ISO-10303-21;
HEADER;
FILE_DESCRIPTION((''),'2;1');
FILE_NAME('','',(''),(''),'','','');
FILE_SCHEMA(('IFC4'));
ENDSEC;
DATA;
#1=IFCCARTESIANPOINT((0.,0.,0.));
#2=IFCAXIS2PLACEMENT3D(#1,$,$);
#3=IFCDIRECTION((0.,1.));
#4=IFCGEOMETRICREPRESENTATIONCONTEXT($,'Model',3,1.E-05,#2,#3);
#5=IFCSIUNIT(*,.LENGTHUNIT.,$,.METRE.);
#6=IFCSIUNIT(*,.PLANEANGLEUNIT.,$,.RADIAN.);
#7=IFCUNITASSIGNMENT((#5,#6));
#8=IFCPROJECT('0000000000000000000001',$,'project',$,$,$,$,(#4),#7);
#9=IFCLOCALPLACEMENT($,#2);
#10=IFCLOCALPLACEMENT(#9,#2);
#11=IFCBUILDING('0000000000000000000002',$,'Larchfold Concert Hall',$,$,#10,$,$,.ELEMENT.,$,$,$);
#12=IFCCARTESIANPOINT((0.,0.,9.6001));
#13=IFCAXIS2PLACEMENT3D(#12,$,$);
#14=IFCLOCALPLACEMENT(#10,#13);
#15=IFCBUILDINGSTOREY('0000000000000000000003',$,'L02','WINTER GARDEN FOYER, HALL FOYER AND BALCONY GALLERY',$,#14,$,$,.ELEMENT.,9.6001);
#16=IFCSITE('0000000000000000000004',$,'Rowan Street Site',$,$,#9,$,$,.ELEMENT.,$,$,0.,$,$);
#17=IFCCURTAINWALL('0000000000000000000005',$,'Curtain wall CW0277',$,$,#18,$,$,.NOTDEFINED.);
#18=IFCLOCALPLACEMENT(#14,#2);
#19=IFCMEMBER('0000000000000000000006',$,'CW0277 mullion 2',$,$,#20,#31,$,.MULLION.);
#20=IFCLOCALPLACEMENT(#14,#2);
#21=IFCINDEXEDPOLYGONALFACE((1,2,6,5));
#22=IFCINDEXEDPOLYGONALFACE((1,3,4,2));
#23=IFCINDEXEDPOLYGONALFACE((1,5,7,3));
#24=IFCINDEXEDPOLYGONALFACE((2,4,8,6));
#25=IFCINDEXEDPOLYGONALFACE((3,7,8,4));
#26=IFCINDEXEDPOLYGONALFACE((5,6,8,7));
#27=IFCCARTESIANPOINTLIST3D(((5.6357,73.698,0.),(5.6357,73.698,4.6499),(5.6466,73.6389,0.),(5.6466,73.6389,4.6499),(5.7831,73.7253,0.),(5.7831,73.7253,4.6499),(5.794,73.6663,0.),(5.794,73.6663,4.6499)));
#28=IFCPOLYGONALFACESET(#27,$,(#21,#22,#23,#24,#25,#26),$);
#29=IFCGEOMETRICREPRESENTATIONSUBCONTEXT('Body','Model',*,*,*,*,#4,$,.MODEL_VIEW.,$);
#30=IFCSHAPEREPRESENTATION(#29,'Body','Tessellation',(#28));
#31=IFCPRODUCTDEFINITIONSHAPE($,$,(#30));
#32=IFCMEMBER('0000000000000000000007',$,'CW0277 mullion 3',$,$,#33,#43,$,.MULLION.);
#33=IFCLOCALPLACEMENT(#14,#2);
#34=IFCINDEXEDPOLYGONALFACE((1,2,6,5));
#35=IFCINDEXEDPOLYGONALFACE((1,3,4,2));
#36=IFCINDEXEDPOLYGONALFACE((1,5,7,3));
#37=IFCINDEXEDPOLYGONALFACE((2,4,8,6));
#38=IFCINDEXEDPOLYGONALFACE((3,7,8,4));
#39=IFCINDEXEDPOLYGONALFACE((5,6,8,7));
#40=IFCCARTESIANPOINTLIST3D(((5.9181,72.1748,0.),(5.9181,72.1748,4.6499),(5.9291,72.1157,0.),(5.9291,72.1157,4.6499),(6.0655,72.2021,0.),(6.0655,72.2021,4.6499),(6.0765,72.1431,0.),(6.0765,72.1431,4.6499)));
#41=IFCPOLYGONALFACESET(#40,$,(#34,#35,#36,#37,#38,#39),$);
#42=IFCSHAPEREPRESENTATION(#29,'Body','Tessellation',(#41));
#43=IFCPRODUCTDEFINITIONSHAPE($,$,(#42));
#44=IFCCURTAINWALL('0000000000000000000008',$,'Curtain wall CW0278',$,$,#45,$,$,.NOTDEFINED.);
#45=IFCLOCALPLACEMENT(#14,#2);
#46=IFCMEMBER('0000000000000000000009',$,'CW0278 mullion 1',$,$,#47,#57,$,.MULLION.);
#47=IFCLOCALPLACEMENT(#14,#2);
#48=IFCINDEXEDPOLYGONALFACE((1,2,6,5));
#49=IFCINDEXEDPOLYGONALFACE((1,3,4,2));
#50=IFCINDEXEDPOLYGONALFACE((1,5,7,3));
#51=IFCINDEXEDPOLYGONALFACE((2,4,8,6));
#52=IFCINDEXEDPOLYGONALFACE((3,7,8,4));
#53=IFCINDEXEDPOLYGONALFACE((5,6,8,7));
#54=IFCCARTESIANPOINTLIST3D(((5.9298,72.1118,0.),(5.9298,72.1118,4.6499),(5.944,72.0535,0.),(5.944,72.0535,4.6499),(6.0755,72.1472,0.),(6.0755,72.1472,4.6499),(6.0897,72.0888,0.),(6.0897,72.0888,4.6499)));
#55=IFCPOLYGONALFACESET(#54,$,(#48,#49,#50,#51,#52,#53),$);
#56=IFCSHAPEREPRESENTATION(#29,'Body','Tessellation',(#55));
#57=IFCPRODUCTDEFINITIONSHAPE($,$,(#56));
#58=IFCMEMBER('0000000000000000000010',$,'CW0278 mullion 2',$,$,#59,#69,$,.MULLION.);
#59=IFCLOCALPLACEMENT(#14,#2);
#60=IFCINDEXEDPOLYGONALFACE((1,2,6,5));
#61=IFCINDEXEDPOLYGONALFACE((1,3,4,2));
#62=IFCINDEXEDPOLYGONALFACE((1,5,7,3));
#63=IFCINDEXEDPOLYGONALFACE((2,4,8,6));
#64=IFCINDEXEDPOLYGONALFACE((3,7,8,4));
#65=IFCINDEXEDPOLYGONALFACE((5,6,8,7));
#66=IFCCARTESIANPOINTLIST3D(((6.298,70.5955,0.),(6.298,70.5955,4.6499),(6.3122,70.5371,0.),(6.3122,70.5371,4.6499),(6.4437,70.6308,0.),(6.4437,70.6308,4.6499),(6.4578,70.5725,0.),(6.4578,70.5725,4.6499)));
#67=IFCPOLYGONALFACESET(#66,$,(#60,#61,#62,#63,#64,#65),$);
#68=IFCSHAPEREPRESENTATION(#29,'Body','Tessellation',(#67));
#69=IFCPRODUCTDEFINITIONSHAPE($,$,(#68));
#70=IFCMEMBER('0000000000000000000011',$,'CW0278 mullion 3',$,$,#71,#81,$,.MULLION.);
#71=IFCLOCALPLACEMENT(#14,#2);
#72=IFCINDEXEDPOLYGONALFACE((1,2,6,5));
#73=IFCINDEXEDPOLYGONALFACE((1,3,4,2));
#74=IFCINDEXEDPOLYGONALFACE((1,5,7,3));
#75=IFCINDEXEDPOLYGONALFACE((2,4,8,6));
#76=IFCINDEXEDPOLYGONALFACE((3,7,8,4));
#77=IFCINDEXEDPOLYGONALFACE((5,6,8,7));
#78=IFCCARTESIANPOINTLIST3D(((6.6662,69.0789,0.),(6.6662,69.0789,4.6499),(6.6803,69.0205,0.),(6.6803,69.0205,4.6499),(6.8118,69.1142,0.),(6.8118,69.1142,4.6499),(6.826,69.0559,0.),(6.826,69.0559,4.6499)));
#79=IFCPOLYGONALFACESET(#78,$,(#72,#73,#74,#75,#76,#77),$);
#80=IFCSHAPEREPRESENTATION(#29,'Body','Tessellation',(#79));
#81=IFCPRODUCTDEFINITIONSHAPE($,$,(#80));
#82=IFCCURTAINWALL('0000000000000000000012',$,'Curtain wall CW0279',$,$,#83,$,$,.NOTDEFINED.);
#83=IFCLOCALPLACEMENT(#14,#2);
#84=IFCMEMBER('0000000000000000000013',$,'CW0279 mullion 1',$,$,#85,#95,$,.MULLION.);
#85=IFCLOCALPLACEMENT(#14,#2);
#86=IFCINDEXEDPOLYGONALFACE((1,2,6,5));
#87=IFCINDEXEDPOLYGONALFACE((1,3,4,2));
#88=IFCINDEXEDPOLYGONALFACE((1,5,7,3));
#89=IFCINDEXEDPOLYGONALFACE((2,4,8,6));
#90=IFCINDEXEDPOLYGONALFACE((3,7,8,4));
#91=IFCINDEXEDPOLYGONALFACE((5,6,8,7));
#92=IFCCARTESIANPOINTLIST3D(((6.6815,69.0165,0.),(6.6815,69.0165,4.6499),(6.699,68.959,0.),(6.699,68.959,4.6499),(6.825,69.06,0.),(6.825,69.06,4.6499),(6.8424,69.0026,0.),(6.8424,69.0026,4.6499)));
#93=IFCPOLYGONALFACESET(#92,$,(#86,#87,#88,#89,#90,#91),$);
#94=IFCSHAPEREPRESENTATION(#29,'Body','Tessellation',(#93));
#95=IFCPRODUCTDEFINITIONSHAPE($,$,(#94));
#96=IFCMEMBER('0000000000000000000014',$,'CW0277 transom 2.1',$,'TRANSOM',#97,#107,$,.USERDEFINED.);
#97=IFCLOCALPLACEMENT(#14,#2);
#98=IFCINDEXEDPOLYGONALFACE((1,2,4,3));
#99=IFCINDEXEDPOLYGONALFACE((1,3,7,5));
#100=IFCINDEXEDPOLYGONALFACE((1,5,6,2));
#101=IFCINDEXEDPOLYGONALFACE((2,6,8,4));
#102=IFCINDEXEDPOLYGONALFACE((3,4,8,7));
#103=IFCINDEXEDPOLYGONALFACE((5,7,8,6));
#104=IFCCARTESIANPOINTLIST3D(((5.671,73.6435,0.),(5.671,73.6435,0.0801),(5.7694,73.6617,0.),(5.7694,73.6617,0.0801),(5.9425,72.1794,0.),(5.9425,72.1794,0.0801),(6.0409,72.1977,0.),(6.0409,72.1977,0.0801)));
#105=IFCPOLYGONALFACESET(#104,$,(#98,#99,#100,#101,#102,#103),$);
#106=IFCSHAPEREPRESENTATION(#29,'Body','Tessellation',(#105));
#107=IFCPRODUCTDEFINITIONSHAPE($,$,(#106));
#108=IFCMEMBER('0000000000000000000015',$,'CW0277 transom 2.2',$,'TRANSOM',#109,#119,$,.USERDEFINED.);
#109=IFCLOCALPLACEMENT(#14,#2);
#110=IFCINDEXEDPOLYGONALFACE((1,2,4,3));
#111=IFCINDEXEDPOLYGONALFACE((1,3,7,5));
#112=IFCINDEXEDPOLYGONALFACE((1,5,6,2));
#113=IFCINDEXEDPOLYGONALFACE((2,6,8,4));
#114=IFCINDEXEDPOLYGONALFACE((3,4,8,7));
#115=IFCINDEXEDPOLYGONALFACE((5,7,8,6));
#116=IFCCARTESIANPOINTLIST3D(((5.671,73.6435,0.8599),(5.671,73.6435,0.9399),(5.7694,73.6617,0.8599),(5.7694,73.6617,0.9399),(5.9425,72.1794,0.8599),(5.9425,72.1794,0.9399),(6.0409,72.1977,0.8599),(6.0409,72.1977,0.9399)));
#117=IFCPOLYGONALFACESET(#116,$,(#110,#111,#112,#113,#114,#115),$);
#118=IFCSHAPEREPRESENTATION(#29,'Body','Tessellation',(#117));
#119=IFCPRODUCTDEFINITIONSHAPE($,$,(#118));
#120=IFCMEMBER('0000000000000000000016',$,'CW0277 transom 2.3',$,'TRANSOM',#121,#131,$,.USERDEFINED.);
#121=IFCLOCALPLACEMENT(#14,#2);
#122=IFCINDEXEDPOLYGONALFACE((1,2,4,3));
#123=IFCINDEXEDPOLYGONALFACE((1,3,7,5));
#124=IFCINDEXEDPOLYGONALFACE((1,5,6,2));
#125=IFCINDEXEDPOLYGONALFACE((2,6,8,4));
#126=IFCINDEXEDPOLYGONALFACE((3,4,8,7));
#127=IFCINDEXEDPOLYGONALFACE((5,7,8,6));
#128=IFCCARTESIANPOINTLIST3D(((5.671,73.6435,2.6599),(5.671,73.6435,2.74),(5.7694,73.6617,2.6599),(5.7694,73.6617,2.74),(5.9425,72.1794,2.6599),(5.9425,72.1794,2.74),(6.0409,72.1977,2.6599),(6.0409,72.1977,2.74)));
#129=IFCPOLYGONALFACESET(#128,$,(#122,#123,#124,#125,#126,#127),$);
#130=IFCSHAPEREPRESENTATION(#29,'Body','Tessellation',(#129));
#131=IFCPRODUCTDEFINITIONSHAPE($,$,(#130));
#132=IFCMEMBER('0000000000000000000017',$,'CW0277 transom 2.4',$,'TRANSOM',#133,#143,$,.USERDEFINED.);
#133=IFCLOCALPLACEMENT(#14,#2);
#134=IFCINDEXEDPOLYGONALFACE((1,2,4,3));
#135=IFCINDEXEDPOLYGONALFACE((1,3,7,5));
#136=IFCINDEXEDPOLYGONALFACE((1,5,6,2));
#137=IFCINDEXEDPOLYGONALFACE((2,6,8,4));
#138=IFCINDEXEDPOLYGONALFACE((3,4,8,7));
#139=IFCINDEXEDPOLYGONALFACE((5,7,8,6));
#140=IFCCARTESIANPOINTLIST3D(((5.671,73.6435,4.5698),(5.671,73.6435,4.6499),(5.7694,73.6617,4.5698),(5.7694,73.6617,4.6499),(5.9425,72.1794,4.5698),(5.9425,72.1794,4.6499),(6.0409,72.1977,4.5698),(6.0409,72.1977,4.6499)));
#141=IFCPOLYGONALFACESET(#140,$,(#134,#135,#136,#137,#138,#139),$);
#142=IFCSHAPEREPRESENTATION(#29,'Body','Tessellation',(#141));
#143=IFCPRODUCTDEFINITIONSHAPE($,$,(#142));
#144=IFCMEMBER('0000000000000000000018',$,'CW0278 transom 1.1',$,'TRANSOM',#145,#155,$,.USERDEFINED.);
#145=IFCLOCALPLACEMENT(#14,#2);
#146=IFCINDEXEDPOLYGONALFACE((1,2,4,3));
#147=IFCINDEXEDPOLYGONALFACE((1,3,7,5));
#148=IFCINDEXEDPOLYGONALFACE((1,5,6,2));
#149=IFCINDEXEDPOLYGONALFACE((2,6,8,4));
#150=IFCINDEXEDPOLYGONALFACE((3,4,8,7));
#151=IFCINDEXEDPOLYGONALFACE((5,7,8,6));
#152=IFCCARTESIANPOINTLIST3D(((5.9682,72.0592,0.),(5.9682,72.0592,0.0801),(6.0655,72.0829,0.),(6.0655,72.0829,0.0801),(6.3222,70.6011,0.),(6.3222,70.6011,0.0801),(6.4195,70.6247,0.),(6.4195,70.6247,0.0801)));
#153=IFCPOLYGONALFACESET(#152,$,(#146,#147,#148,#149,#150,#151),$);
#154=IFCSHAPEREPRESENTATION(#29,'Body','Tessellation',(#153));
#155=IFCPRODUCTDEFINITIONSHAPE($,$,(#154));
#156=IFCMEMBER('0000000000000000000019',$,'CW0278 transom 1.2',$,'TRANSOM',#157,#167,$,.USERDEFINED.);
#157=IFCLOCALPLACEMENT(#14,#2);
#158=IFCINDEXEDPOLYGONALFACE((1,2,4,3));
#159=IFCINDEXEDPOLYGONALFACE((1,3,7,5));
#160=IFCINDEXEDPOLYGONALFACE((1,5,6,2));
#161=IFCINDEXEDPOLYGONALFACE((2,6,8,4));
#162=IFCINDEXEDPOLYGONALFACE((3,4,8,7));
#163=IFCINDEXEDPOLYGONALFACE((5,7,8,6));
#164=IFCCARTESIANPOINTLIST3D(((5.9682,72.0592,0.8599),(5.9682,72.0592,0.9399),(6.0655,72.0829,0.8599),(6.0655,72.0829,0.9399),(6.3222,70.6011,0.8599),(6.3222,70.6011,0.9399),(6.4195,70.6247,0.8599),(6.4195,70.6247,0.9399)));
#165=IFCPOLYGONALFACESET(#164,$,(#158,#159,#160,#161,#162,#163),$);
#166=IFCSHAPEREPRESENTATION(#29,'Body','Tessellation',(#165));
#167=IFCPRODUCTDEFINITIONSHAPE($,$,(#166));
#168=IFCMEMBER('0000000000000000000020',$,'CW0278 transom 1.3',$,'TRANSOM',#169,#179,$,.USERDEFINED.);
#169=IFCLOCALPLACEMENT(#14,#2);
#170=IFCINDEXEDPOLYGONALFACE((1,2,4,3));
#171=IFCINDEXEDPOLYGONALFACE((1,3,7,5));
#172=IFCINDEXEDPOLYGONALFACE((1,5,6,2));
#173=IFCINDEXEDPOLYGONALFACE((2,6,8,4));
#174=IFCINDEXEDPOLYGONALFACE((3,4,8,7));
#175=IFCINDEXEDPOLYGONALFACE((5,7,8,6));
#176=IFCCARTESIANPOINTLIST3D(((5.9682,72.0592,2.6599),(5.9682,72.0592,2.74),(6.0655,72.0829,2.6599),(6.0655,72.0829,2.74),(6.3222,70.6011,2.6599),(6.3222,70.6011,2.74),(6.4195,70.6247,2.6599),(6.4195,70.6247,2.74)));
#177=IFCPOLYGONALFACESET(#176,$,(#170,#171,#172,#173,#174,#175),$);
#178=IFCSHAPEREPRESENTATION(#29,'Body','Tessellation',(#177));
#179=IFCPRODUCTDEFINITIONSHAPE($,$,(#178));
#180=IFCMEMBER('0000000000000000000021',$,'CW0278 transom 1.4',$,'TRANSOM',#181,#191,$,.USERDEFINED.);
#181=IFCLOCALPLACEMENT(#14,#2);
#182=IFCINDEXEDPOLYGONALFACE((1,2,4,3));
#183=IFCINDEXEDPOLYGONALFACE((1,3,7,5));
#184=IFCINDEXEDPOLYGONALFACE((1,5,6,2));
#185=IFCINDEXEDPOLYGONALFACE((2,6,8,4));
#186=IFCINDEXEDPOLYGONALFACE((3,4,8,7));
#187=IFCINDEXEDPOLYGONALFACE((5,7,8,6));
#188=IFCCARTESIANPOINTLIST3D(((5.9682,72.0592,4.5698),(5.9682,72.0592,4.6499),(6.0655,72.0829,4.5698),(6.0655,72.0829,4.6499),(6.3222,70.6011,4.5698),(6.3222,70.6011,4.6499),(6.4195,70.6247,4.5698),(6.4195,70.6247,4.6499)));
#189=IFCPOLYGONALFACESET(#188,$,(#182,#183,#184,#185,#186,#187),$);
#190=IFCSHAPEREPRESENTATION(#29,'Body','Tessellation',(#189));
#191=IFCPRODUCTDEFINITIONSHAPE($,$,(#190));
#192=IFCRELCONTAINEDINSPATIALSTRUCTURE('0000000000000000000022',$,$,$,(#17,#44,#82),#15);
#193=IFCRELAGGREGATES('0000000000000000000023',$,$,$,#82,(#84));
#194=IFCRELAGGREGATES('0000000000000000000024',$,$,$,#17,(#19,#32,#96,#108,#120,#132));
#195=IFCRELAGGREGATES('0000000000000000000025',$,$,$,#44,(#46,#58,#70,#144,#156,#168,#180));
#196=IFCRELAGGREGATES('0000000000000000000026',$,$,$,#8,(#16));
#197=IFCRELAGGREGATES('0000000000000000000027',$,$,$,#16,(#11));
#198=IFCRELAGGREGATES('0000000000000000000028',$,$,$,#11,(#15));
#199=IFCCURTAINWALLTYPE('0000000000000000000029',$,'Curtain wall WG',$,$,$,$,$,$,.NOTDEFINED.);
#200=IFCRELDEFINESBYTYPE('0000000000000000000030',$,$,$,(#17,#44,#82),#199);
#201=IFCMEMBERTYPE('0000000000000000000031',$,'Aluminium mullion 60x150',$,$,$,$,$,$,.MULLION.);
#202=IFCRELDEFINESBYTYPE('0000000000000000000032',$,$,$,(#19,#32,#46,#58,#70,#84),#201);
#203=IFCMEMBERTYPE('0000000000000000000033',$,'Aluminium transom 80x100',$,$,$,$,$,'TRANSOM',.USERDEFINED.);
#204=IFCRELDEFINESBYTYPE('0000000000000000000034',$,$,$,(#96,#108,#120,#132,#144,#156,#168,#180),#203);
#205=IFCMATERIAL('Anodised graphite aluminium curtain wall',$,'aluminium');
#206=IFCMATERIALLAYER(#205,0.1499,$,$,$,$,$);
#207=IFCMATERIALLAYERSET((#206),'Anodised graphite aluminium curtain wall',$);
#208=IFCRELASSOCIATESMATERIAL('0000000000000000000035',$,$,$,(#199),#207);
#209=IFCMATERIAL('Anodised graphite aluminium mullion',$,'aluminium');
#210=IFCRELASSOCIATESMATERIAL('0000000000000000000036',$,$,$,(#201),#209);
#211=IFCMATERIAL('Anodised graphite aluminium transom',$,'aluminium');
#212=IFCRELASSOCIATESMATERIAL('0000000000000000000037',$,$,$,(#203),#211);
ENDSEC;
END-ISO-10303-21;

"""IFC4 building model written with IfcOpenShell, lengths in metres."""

from ifc_helpers import new_model, si_unit, direction, frame, origin, origin_2d, place, context, subcontext, project, spatial, rectangle, extrude, material, layer, layer_set, material_profile, profile_set, type_object, element, aggregate, save


model = new_model("IFC4")

# Units and contexts
model_context = context("Model", 3, precision=1e-05, world=origin(), true_north=direction((0.0, 1.0)))
body_context = subcontext(model_context, "Body", "Model", "MODEL_VIEW")
ifc_project = project(units=[si_unit("LENGTHUNIT", "METRE"), si_unit("PLANEANGLEUNIT", "RADIAN")], contexts=[model_context])

# Site, building, storey
site_placement = place(None, origin())
site = spatial("IfcSite", under=ifc_project, at=site_placement, Name="Rowan Street Site", CompositionType="ELEMENT", RefElevation=0.0)
building_placement = place(site_placement, origin())
building = spatial("IfcBuilding", under=site, at=building_placement, Name="Larchfold Concert Hall", CompositionType="ELEMENT")
storey_placement = place(building_placement, frame((0.0, 0.0, 9.6001)))
storey = spatial("IfcBuildingStorey", under=building, at=storey_placement, Name="L02", Description="WINTER GARDEN FOYER, HALL FOYER AND BALCONY GALLERY", CompositionType="ELEMENT", Elevation=9.6001)

# Curtain walls, members
ifc_material_1 = material(Name="Anodised graphite aluminium curtain wall", Category="aluminium")
ifc_layer_1 = layer(ifc_material_1, 0.1499)
ifc_layer_set_1 = layer_set([ifc_layer_1], Name="Anodised graphite aluminium curtain wall")
curtain_wall_type = type_object("IfcCurtainWallType", Name="Curtain wall WG", PredefinedType="NOTDEFINED", material=ifc_layer_set_1)
curtain_wall_1_placement = place(storey_placement, origin())
curtain_wall_1 = element("IfcCurtainWall", 1, at=curtain_wall_1_placement, inside=storey, type_object=curtain_wall_type, Name="Curtain wall CW0277", PredefinedType="NOTDEFINED")
ifc_material_2 = material(Name="Anodised graphite aluminium mullion", Category="aluminium")
ifc_material_profile_1 = material_profile(ifc_material_2, rectangle(XDim=0.1499, YDim=0.0601, at=origin_2d()))
ifc_profile_set_1 = profile_set([ifc_material_profile_1], Name="Anodised graphite aluminium mullion")
member_type_1 = type_object("IfcMemberType", Name="Aluminium mullion 60x150", PredefinedType="MULLION", material=ifc_profile_set_1)
member_1_placement = place(storey_placement, frame((5.7148, 73.6821, 0.0), z_axis=(0.0, 0.0, 1.0), x_axis=(0.983234, 0.182347, 0.0)))
member_1 = element("IfcMember", 2, at=member_1_placement, type_object=member_type_1, Name="CW0277 mullion 2", PredefinedType="MULLION", context=body_context, shape_type="SweptSolid", body=[
    extrude(rectangle(XDim=0.1499, YDim=0.0601, at=origin_2d()), origin(), (0.0, 0.0, 1.0), 4.6499),
])
member_2_placement = place(storey_placement, frame((5.9973, 72.1589, 0.0), z_axis=(0.0, 0.0, 1.0), x_axis=(0.983234, 0.182347, 0.0)))
member_2 = element("IfcMember", 3, at=member_2_placement, type_object=member_type_1, Name="CW0277 mullion 3", PredefinedType="MULLION", context=body_context, shape_type="SweptSolid", body=[
    extrude(rectangle(XDim=0.1499, YDim=0.0601, at=origin_2d()), origin(), (0.0, 0.0, 1.0), 4.6499),
])
curtain_wall_2_placement = place(storey_placement, origin())
curtain_wall_2 = element("IfcCurtainWall", 4, at=curtain_wall_2_placement, inside=storey, type_object=curtain_wall_type, Name="Curtain wall CW0278", PredefinedType="NOTDEFINED")
member_3_placement = place(storey_placement, frame((6.0098, 72.1003, 0.0), z_axis=(0.0, 0.0, 1.0), x_axis=(0.971768, 0.235938, 0.0)))
member_3 = element("IfcMember", 5, at=member_3_placement, type_object=member_type_1, Name="CW0278 mullion 1", PredefinedType="MULLION", context=body_context, shape_type="SweptSolid", body=[
    extrude(rectangle(XDim=0.1499, YDim=0.0601, at=origin_2d()), origin(), (0.0, 0.0, 1.0), 4.6499),
])
member_4_placement = place(storey_placement, frame((6.3779, 70.584, 0.0), z_axis=(0.0, 0.0, 1.0), x_axis=(0.971768, 0.235938, 0.0)))
member_4 = element("IfcMember", 6, at=member_4_placement, type_object=member_type_1, Name="CW0278 mullion 2", PredefinedType="MULLION", context=body_context, shape_type="SweptSolid", body=[
    extrude(rectangle(XDim=0.1499, YDim=0.0601, at=origin_2d()), origin(), (0.0, 0.0, 1.0), 4.6499),
])
member_5_placement = place(storey_placement, frame((6.7461, 69.0674, 0.0), z_axis=(0.0, 0.0, 1.0), x_axis=(0.971768, 0.235938, 0.0)))
member_5 = element("IfcMember", 7, at=member_5_placement, type_object=member_type_1, Name="CW0278 mullion 3", PredefinedType="MULLION", context=body_context, shape_type="SweptSolid", body=[
    extrude(rectangle(XDim=0.1499, YDim=0.0601, at=origin_2d()), origin(), (0.0, 0.0, 1.0), 4.6499),
])

# Curtain wall, member
curtain_wall_3_placement = place(storey_placement, origin())
curtain_wall_3 = element("IfcCurtainWall", 8, at=curtain_wall_3_placement, inside=storey, type_object=curtain_wall_type, Name="Curtain wall CW0279", PredefinedType="NOTDEFINED")
member_6_placement = place(storey_placement, frame((6.762, 69.0095, 0.0), z_axis=(0.0, 0.0, 1.0), x_axis=(0.956851, 0.290577, 0.0)))
member_6 = element("IfcMember", 9, at=member_6_placement, type_object=member_type_1, Name="CW0279 mullion 1", PredefinedType="MULLION", context=body_context, shape_type="SweptSolid", body=[
    extrude(rectangle(XDim=0.1499, YDim=0.0601, at=origin_2d()), origin(), (0.0, 0.0, 1.0), 4.6499),
])

# Members
ifc_material_3 = material(Name="Anodised graphite aluminium transom", Category="aluminium")
ifc_material_profile_2 = material_profile(ifc_material_3, rectangle(XDim=0.1001, YDim=0.0801, at=origin_2d()))
ifc_profile_set_2 = profile_set([ifc_material_profile_2], Name="Anodised graphite aluminium transom")
member_type_2 = type_object("IfcMemberType", Name="Aluminium transom 80x100", ElementType="TRANSOM", PredefinedType="USERDEFINED", material=ifc_profile_set_2)
member_7_placement = place(storey_placement, frame((5.7202, 73.6526, 0.04), z_axis=(0.182318, -0.98324, 0.0), x_axis=(0.98324, 0.182318, 0.0)))
member_7 = element("IfcMember", 10, at=member_7_placement, type_object=member_type_2, Name="CW0277 transom 2.1", ObjectType="TRANSOM", PredefinedType="USERDEFINED", context=body_context, shape_type="SweptSolid", body=[
    extrude(rectangle(XDim=0.1001, YDim=0.0801, at=origin_2d()), origin(), (0.0, 0.0, 1.0), 1.489),
])
member_8_placement = place(storey_placement, frame((5.7202, 73.6526, 0.8999), z_axis=(0.182318, -0.98324, 0.0), x_axis=(0.98324, 0.182318, 0.0)))
member_8 = element("IfcMember", 11, at=member_8_placement, type_object=member_type_2, Name="CW0277 transom 2.2", ObjectType="TRANSOM", PredefinedType="USERDEFINED", context=body_context, shape_type="SweptSolid", body=[
    extrude(rectangle(XDim=0.1001, YDim=0.0801, at=origin_2d()), origin(), (0.0, 0.0, 1.0), 1.489),
])
member_9_placement = place(storey_placement, frame((5.7202, 73.6526, 2.7), z_axis=(0.182318, -0.98324, 0.0), x_axis=(0.98324, 0.182318, 0.0)))
member_9 = element("IfcMember", 12, at=member_9_placement, type_object=member_type_2, Name="CW0277 transom 2.3", ObjectType="TRANSOM", PredefinedType="USERDEFINED", context=body_context, shape_type="SweptSolid", body=[
    extrude(rectangle(XDim=0.1001, YDim=0.0801, at=origin_2d()), origin(), (0.0, 0.0, 1.0), 1.489),
])
member_10_placement = place(storey_placement, frame((5.7202, 73.6526, 4.6099), z_axis=(0.182318, -0.98324, 0.0), x_axis=(0.98324, 0.182318, 0.0)))
member_10 = element("IfcMember", 13, at=member_10_placement, type_object=member_type_2, Name="CW0277 transom 2.4", ObjectType="TRANSOM", PredefinedType="USERDEFINED", context=body_context, shape_type="SweptSolid", body=[
    extrude(rectangle(XDim=0.1001, YDim=0.0801, at=origin_2d()), origin(), (0.0, 0.0, 1.0), 1.489),
])
member_11_placement = place(storey_placement, frame((6.0168, 72.071, 0.04), z_axis=(0.235945, -0.971766, 0.0), x_axis=(0.971766, 0.235945, 0.0)))
member_11 = element("IfcMember", 14, at=member_11_placement, type_object=member_type_2, Name="CW0278 transom 1.1", ObjectType="TRANSOM", PredefinedType="USERDEFINED", context=body_context, shape_type="SweptSolid", body=[
    extrude(rectangle(XDim=0.1001, YDim=0.0801, at=origin_2d()), origin(), (0.0, 0.0, 1.0), 1.5005),
])
member_12_placement = place(storey_placement, frame((6.0168, 72.071, 0.8999), z_axis=(0.235945, -0.971766, 0.0), x_axis=(0.971766, 0.235945, 0.0)))
member_12 = element("IfcMember", 15, at=member_12_placement, type_object=member_type_2, Name="CW0278 transom 1.2", ObjectType="TRANSOM", PredefinedType="USERDEFINED", context=body_context, shape_type="SweptSolid", body=[
    extrude(rectangle(XDim=0.1001, YDim=0.0801, at=origin_2d()), origin(), (0.0, 0.0, 1.0), 1.5005),
])
member_13_placement = place(storey_placement, frame((6.0168, 72.071, 2.7), z_axis=(0.235945, -0.971766, 0.0), x_axis=(0.971766, 0.235945, 0.0)))
member_13 = element("IfcMember", 16, at=member_13_placement, type_object=member_type_2, Name="CW0278 transom 1.3", ObjectType="TRANSOM", PredefinedType="USERDEFINED", context=body_context, shape_type="SweptSolid", body=[
    extrude(rectangle(XDim=0.1001, YDim=0.0801, at=origin_2d()), origin(), (0.0, 0.0, 1.0), 1.5005),
])
member_14_placement = place(storey_placement, frame((6.0168, 72.071, 4.6099), z_axis=(0.235945, -0.971766, 0.0), x_axis=(0.971766, 0.235945, 0.0)))
member_14 = element("IfcMember", 17, at=member_14_placement, type_object=member_type_2, Name="CW0278 transom 1.4", ObjectType="TRANSOM", PredefinedType="USERDEFINED", context=body_context, shape_type="SweptSolid", body=[
    extrude(rectangle(XDim=0.1001, YDim=0.0801, at=origin_2d()), origin(), (0.0, 0.0, 1.0), 1.5005),
])
aggregate(curtain_wall_3, [member_6])

aggregate(curtain_wall_1, [member_1, member_2, member_7, member_8, member_9, member_10])
aggregate(curtain_wall_2, [member_3, member_4, member_5, member_11, member_12, member_13, member_14])

save(model, "model.ifc")
